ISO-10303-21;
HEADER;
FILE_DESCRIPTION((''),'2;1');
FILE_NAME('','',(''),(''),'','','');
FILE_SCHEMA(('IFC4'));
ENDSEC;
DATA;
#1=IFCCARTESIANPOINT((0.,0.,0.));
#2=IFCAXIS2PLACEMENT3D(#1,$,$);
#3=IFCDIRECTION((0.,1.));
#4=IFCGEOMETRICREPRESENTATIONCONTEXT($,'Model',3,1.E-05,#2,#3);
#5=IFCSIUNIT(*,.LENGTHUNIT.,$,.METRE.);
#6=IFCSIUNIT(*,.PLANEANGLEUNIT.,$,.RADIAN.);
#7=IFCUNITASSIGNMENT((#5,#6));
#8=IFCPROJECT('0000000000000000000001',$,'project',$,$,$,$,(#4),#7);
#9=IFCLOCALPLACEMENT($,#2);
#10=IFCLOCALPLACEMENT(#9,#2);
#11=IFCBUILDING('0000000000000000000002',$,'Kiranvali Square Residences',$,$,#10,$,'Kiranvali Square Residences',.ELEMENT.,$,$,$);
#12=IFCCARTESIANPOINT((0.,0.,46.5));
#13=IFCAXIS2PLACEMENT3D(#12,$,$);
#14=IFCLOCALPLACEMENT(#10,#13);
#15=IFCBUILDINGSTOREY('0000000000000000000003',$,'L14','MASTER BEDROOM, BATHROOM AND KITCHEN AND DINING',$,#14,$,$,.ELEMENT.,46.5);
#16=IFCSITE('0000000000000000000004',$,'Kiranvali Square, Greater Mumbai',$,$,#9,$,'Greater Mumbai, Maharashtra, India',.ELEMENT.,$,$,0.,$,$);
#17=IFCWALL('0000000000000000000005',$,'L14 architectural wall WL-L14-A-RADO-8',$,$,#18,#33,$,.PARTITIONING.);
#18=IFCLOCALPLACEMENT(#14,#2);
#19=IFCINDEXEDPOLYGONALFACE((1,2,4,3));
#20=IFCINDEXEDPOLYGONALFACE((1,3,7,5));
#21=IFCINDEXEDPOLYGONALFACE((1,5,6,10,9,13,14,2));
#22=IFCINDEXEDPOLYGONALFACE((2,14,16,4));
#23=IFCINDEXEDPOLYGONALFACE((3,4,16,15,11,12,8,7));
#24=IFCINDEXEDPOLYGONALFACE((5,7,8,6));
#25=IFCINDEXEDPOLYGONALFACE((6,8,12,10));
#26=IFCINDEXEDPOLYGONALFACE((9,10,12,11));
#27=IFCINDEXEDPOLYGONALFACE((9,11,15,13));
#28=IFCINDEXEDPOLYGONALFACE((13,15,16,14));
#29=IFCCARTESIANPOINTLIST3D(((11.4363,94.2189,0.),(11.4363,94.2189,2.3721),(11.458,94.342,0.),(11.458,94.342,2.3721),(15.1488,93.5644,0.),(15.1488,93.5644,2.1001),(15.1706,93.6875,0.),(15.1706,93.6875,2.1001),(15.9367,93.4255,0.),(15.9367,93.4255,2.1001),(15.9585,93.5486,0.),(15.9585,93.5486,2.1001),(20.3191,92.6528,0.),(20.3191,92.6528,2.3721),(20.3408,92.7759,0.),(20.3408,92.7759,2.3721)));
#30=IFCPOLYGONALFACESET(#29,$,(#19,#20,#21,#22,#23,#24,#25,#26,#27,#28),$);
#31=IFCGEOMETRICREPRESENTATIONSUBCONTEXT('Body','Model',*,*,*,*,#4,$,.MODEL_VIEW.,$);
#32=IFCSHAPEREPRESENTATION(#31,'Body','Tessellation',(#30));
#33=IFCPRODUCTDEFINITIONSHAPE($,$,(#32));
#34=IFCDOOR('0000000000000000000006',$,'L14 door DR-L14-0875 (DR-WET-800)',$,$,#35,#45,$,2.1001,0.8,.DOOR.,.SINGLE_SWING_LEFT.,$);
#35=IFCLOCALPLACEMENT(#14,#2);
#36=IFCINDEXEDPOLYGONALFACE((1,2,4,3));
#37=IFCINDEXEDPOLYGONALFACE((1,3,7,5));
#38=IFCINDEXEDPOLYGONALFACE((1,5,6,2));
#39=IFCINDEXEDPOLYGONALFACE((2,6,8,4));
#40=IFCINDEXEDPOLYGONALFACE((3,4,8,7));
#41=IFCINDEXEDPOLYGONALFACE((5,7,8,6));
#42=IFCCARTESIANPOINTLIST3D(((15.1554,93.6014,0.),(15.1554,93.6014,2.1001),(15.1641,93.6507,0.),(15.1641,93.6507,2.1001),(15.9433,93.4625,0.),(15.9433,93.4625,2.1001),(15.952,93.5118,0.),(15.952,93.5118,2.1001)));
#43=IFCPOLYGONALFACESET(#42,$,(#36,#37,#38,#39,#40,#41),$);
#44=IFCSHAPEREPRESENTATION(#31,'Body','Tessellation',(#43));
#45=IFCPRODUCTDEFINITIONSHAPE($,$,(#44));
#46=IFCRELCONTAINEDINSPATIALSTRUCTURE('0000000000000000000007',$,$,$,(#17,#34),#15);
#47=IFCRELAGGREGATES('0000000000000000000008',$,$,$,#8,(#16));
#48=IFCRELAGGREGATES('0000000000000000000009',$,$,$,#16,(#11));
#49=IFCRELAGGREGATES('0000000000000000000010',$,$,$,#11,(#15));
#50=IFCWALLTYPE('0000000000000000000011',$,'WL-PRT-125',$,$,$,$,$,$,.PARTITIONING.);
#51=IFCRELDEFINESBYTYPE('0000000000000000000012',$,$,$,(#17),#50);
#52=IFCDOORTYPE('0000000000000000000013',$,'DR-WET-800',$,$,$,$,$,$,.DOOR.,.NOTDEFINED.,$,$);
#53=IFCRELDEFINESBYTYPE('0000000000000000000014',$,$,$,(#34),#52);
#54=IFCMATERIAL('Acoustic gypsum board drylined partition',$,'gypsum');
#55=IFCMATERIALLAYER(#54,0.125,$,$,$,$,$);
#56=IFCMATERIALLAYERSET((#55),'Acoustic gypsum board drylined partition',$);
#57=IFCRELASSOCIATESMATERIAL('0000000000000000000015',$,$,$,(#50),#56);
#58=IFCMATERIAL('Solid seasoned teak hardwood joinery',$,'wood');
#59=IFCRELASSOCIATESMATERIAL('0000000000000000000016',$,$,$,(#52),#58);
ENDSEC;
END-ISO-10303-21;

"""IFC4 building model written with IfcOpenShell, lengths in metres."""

from ifc_helpers import new_model, si_unit, direction, frame, frame_2d, origin, place, context, subcontext, project, spatial, rectangle, extrude, material, layer, layer_set, type_object, element, fill, save


model = new_model("IFC4")

# Units and contexts
model_context = context("Model", 3, precision=1e-05, world=origin(), true_north=direction((0.0, 1.0)))
body_context = subcontext(model_context, "Body", "Model", "MODEL_VIEW")
ifc_project = project(units=[si_unit("LENGTHUNIT", "METRE"), si_unit("PLANEANGLEUNIT", "RADIAN")], contexts=[model_context])

# Site, building, storey
site_placement = place(None, origin())
site = spatial("IfcSite", under=ifc_project, at=site_placement, Name="Kiranvali Square, Greater Mumbai", LongName="Greater Mumbai, Maharashtra, India", CompositionType="ELEMENT", RefElevation=0.0)
building_placement = place(site_placement, origin())
building = spatial("IfcBuilding", under=site, at=building_placement, Name="Kiranvali Square Residences", LongName="Kiranvali Square Residences", CompositionType="ELEMENT")
storey_placement = place(building_placement, frame((0.0, 0.0, 46.5)))
storey = spatial("IfcBuildingStorey", under=building, at=storey_placement, Name="L14", Description="MASTER BEDROOM, BATHROOM AND KITCHEN AND DINING", CompositionType="ELEMENT", Elevation=46.5)

# Wall, opening, door
ifc_material_1 = material(Name="Acoustic gypsum board drylined partition", Category="gypsum")
ifc_layer_1 = layer(ifc_material_1, 0.125)
ifc_layer_set_1 = layer_set([ifc_layer_1], Name="Acoustic gypsum board drylined partition")
wall_type_1 = type_object("IfcWallType", Name="WL-PRT-125", PredefinedType="PARTITIONING", material=ifc_layer_set_1)
wall_1_placement = place(storey_placement, frame((20.3298, 92.7144, 0.0), z_axis=(0.0, 0.0, 1.0), x_axis=(-0.98481, 0.173636, 0.0)))
wall_1 = element("IfcWall", 1, at=wall_1_placement, inside=storey, type_object=wall_type_1, Name="L14 architectural wall WL-L14-A-RADO-8", PredefinedType="PARTITIONING", context=body_context, shape_type="SweptSolid", body=[
    extrude(rectangle(XDim=9.0198, YDim=0.125, at=frame_2d((4.5098, 0.0))), origin(), (0.0, 0.0, 1.0), 2.3721),
])
opening_1_placement = place(wall_1_placement, frame((4.45, 0.0, 0.0)))
opening_1 = element("IfcOpeningElement", 2, at=opening_1_placement, cuts=wall_1, PredefinedType="OPENING", context=body_context, shape_type="SweptSolid", body=[
    extrude(rectangle(XDim=0.8, YDim=2.1001, at=frame_2d((0.3999, 1.05))), frame((0.0, 0.0725, 0.0), z_axis=(0.0, -1.0, 0.0), x_axis=(1.0, 0.0, 0.0)), (0.0, 0.0, 1.0), 0.145),
])
ifc_material_2 = material(Name="Solid seasoned teak hardwood joinery", Category="wood")
door_type_1 = type_object("IfcDoorType", Name="DR-WET-800", OperationType="NOTDEFINED", PredefinedType="DOOR", material=ifc_material_2)
door_1_placement = place(opening_1_placement, origin())
door_1 = element("IfcDoor", 3, at=door_1_placement, inside=storey, type_object=door_type_1, Name="L14 door DR-L14-0875 (DR-WET-800)", OperationType="SINGLE_SWING_LEFT", OverallHeight=2.1001, OverallWidth=0.8, PredefinedType="DOOR", context=body_context, shape_type="SweptSolid", body=[
    extrude(rectangle(XDim=0.8, YDim=2.1001, at=frame_2d((0.3999, 1.05))), frame((0.0, 0.0249, 0.0), z_axis=(0.0, -1.0, 0.0), x_axis=(1.0, 0.0, 0.0)), (0.0, 0.0, 1.0), 0.05),
])
fill(opening_1, door_1)

save(model, "model.ifc")
